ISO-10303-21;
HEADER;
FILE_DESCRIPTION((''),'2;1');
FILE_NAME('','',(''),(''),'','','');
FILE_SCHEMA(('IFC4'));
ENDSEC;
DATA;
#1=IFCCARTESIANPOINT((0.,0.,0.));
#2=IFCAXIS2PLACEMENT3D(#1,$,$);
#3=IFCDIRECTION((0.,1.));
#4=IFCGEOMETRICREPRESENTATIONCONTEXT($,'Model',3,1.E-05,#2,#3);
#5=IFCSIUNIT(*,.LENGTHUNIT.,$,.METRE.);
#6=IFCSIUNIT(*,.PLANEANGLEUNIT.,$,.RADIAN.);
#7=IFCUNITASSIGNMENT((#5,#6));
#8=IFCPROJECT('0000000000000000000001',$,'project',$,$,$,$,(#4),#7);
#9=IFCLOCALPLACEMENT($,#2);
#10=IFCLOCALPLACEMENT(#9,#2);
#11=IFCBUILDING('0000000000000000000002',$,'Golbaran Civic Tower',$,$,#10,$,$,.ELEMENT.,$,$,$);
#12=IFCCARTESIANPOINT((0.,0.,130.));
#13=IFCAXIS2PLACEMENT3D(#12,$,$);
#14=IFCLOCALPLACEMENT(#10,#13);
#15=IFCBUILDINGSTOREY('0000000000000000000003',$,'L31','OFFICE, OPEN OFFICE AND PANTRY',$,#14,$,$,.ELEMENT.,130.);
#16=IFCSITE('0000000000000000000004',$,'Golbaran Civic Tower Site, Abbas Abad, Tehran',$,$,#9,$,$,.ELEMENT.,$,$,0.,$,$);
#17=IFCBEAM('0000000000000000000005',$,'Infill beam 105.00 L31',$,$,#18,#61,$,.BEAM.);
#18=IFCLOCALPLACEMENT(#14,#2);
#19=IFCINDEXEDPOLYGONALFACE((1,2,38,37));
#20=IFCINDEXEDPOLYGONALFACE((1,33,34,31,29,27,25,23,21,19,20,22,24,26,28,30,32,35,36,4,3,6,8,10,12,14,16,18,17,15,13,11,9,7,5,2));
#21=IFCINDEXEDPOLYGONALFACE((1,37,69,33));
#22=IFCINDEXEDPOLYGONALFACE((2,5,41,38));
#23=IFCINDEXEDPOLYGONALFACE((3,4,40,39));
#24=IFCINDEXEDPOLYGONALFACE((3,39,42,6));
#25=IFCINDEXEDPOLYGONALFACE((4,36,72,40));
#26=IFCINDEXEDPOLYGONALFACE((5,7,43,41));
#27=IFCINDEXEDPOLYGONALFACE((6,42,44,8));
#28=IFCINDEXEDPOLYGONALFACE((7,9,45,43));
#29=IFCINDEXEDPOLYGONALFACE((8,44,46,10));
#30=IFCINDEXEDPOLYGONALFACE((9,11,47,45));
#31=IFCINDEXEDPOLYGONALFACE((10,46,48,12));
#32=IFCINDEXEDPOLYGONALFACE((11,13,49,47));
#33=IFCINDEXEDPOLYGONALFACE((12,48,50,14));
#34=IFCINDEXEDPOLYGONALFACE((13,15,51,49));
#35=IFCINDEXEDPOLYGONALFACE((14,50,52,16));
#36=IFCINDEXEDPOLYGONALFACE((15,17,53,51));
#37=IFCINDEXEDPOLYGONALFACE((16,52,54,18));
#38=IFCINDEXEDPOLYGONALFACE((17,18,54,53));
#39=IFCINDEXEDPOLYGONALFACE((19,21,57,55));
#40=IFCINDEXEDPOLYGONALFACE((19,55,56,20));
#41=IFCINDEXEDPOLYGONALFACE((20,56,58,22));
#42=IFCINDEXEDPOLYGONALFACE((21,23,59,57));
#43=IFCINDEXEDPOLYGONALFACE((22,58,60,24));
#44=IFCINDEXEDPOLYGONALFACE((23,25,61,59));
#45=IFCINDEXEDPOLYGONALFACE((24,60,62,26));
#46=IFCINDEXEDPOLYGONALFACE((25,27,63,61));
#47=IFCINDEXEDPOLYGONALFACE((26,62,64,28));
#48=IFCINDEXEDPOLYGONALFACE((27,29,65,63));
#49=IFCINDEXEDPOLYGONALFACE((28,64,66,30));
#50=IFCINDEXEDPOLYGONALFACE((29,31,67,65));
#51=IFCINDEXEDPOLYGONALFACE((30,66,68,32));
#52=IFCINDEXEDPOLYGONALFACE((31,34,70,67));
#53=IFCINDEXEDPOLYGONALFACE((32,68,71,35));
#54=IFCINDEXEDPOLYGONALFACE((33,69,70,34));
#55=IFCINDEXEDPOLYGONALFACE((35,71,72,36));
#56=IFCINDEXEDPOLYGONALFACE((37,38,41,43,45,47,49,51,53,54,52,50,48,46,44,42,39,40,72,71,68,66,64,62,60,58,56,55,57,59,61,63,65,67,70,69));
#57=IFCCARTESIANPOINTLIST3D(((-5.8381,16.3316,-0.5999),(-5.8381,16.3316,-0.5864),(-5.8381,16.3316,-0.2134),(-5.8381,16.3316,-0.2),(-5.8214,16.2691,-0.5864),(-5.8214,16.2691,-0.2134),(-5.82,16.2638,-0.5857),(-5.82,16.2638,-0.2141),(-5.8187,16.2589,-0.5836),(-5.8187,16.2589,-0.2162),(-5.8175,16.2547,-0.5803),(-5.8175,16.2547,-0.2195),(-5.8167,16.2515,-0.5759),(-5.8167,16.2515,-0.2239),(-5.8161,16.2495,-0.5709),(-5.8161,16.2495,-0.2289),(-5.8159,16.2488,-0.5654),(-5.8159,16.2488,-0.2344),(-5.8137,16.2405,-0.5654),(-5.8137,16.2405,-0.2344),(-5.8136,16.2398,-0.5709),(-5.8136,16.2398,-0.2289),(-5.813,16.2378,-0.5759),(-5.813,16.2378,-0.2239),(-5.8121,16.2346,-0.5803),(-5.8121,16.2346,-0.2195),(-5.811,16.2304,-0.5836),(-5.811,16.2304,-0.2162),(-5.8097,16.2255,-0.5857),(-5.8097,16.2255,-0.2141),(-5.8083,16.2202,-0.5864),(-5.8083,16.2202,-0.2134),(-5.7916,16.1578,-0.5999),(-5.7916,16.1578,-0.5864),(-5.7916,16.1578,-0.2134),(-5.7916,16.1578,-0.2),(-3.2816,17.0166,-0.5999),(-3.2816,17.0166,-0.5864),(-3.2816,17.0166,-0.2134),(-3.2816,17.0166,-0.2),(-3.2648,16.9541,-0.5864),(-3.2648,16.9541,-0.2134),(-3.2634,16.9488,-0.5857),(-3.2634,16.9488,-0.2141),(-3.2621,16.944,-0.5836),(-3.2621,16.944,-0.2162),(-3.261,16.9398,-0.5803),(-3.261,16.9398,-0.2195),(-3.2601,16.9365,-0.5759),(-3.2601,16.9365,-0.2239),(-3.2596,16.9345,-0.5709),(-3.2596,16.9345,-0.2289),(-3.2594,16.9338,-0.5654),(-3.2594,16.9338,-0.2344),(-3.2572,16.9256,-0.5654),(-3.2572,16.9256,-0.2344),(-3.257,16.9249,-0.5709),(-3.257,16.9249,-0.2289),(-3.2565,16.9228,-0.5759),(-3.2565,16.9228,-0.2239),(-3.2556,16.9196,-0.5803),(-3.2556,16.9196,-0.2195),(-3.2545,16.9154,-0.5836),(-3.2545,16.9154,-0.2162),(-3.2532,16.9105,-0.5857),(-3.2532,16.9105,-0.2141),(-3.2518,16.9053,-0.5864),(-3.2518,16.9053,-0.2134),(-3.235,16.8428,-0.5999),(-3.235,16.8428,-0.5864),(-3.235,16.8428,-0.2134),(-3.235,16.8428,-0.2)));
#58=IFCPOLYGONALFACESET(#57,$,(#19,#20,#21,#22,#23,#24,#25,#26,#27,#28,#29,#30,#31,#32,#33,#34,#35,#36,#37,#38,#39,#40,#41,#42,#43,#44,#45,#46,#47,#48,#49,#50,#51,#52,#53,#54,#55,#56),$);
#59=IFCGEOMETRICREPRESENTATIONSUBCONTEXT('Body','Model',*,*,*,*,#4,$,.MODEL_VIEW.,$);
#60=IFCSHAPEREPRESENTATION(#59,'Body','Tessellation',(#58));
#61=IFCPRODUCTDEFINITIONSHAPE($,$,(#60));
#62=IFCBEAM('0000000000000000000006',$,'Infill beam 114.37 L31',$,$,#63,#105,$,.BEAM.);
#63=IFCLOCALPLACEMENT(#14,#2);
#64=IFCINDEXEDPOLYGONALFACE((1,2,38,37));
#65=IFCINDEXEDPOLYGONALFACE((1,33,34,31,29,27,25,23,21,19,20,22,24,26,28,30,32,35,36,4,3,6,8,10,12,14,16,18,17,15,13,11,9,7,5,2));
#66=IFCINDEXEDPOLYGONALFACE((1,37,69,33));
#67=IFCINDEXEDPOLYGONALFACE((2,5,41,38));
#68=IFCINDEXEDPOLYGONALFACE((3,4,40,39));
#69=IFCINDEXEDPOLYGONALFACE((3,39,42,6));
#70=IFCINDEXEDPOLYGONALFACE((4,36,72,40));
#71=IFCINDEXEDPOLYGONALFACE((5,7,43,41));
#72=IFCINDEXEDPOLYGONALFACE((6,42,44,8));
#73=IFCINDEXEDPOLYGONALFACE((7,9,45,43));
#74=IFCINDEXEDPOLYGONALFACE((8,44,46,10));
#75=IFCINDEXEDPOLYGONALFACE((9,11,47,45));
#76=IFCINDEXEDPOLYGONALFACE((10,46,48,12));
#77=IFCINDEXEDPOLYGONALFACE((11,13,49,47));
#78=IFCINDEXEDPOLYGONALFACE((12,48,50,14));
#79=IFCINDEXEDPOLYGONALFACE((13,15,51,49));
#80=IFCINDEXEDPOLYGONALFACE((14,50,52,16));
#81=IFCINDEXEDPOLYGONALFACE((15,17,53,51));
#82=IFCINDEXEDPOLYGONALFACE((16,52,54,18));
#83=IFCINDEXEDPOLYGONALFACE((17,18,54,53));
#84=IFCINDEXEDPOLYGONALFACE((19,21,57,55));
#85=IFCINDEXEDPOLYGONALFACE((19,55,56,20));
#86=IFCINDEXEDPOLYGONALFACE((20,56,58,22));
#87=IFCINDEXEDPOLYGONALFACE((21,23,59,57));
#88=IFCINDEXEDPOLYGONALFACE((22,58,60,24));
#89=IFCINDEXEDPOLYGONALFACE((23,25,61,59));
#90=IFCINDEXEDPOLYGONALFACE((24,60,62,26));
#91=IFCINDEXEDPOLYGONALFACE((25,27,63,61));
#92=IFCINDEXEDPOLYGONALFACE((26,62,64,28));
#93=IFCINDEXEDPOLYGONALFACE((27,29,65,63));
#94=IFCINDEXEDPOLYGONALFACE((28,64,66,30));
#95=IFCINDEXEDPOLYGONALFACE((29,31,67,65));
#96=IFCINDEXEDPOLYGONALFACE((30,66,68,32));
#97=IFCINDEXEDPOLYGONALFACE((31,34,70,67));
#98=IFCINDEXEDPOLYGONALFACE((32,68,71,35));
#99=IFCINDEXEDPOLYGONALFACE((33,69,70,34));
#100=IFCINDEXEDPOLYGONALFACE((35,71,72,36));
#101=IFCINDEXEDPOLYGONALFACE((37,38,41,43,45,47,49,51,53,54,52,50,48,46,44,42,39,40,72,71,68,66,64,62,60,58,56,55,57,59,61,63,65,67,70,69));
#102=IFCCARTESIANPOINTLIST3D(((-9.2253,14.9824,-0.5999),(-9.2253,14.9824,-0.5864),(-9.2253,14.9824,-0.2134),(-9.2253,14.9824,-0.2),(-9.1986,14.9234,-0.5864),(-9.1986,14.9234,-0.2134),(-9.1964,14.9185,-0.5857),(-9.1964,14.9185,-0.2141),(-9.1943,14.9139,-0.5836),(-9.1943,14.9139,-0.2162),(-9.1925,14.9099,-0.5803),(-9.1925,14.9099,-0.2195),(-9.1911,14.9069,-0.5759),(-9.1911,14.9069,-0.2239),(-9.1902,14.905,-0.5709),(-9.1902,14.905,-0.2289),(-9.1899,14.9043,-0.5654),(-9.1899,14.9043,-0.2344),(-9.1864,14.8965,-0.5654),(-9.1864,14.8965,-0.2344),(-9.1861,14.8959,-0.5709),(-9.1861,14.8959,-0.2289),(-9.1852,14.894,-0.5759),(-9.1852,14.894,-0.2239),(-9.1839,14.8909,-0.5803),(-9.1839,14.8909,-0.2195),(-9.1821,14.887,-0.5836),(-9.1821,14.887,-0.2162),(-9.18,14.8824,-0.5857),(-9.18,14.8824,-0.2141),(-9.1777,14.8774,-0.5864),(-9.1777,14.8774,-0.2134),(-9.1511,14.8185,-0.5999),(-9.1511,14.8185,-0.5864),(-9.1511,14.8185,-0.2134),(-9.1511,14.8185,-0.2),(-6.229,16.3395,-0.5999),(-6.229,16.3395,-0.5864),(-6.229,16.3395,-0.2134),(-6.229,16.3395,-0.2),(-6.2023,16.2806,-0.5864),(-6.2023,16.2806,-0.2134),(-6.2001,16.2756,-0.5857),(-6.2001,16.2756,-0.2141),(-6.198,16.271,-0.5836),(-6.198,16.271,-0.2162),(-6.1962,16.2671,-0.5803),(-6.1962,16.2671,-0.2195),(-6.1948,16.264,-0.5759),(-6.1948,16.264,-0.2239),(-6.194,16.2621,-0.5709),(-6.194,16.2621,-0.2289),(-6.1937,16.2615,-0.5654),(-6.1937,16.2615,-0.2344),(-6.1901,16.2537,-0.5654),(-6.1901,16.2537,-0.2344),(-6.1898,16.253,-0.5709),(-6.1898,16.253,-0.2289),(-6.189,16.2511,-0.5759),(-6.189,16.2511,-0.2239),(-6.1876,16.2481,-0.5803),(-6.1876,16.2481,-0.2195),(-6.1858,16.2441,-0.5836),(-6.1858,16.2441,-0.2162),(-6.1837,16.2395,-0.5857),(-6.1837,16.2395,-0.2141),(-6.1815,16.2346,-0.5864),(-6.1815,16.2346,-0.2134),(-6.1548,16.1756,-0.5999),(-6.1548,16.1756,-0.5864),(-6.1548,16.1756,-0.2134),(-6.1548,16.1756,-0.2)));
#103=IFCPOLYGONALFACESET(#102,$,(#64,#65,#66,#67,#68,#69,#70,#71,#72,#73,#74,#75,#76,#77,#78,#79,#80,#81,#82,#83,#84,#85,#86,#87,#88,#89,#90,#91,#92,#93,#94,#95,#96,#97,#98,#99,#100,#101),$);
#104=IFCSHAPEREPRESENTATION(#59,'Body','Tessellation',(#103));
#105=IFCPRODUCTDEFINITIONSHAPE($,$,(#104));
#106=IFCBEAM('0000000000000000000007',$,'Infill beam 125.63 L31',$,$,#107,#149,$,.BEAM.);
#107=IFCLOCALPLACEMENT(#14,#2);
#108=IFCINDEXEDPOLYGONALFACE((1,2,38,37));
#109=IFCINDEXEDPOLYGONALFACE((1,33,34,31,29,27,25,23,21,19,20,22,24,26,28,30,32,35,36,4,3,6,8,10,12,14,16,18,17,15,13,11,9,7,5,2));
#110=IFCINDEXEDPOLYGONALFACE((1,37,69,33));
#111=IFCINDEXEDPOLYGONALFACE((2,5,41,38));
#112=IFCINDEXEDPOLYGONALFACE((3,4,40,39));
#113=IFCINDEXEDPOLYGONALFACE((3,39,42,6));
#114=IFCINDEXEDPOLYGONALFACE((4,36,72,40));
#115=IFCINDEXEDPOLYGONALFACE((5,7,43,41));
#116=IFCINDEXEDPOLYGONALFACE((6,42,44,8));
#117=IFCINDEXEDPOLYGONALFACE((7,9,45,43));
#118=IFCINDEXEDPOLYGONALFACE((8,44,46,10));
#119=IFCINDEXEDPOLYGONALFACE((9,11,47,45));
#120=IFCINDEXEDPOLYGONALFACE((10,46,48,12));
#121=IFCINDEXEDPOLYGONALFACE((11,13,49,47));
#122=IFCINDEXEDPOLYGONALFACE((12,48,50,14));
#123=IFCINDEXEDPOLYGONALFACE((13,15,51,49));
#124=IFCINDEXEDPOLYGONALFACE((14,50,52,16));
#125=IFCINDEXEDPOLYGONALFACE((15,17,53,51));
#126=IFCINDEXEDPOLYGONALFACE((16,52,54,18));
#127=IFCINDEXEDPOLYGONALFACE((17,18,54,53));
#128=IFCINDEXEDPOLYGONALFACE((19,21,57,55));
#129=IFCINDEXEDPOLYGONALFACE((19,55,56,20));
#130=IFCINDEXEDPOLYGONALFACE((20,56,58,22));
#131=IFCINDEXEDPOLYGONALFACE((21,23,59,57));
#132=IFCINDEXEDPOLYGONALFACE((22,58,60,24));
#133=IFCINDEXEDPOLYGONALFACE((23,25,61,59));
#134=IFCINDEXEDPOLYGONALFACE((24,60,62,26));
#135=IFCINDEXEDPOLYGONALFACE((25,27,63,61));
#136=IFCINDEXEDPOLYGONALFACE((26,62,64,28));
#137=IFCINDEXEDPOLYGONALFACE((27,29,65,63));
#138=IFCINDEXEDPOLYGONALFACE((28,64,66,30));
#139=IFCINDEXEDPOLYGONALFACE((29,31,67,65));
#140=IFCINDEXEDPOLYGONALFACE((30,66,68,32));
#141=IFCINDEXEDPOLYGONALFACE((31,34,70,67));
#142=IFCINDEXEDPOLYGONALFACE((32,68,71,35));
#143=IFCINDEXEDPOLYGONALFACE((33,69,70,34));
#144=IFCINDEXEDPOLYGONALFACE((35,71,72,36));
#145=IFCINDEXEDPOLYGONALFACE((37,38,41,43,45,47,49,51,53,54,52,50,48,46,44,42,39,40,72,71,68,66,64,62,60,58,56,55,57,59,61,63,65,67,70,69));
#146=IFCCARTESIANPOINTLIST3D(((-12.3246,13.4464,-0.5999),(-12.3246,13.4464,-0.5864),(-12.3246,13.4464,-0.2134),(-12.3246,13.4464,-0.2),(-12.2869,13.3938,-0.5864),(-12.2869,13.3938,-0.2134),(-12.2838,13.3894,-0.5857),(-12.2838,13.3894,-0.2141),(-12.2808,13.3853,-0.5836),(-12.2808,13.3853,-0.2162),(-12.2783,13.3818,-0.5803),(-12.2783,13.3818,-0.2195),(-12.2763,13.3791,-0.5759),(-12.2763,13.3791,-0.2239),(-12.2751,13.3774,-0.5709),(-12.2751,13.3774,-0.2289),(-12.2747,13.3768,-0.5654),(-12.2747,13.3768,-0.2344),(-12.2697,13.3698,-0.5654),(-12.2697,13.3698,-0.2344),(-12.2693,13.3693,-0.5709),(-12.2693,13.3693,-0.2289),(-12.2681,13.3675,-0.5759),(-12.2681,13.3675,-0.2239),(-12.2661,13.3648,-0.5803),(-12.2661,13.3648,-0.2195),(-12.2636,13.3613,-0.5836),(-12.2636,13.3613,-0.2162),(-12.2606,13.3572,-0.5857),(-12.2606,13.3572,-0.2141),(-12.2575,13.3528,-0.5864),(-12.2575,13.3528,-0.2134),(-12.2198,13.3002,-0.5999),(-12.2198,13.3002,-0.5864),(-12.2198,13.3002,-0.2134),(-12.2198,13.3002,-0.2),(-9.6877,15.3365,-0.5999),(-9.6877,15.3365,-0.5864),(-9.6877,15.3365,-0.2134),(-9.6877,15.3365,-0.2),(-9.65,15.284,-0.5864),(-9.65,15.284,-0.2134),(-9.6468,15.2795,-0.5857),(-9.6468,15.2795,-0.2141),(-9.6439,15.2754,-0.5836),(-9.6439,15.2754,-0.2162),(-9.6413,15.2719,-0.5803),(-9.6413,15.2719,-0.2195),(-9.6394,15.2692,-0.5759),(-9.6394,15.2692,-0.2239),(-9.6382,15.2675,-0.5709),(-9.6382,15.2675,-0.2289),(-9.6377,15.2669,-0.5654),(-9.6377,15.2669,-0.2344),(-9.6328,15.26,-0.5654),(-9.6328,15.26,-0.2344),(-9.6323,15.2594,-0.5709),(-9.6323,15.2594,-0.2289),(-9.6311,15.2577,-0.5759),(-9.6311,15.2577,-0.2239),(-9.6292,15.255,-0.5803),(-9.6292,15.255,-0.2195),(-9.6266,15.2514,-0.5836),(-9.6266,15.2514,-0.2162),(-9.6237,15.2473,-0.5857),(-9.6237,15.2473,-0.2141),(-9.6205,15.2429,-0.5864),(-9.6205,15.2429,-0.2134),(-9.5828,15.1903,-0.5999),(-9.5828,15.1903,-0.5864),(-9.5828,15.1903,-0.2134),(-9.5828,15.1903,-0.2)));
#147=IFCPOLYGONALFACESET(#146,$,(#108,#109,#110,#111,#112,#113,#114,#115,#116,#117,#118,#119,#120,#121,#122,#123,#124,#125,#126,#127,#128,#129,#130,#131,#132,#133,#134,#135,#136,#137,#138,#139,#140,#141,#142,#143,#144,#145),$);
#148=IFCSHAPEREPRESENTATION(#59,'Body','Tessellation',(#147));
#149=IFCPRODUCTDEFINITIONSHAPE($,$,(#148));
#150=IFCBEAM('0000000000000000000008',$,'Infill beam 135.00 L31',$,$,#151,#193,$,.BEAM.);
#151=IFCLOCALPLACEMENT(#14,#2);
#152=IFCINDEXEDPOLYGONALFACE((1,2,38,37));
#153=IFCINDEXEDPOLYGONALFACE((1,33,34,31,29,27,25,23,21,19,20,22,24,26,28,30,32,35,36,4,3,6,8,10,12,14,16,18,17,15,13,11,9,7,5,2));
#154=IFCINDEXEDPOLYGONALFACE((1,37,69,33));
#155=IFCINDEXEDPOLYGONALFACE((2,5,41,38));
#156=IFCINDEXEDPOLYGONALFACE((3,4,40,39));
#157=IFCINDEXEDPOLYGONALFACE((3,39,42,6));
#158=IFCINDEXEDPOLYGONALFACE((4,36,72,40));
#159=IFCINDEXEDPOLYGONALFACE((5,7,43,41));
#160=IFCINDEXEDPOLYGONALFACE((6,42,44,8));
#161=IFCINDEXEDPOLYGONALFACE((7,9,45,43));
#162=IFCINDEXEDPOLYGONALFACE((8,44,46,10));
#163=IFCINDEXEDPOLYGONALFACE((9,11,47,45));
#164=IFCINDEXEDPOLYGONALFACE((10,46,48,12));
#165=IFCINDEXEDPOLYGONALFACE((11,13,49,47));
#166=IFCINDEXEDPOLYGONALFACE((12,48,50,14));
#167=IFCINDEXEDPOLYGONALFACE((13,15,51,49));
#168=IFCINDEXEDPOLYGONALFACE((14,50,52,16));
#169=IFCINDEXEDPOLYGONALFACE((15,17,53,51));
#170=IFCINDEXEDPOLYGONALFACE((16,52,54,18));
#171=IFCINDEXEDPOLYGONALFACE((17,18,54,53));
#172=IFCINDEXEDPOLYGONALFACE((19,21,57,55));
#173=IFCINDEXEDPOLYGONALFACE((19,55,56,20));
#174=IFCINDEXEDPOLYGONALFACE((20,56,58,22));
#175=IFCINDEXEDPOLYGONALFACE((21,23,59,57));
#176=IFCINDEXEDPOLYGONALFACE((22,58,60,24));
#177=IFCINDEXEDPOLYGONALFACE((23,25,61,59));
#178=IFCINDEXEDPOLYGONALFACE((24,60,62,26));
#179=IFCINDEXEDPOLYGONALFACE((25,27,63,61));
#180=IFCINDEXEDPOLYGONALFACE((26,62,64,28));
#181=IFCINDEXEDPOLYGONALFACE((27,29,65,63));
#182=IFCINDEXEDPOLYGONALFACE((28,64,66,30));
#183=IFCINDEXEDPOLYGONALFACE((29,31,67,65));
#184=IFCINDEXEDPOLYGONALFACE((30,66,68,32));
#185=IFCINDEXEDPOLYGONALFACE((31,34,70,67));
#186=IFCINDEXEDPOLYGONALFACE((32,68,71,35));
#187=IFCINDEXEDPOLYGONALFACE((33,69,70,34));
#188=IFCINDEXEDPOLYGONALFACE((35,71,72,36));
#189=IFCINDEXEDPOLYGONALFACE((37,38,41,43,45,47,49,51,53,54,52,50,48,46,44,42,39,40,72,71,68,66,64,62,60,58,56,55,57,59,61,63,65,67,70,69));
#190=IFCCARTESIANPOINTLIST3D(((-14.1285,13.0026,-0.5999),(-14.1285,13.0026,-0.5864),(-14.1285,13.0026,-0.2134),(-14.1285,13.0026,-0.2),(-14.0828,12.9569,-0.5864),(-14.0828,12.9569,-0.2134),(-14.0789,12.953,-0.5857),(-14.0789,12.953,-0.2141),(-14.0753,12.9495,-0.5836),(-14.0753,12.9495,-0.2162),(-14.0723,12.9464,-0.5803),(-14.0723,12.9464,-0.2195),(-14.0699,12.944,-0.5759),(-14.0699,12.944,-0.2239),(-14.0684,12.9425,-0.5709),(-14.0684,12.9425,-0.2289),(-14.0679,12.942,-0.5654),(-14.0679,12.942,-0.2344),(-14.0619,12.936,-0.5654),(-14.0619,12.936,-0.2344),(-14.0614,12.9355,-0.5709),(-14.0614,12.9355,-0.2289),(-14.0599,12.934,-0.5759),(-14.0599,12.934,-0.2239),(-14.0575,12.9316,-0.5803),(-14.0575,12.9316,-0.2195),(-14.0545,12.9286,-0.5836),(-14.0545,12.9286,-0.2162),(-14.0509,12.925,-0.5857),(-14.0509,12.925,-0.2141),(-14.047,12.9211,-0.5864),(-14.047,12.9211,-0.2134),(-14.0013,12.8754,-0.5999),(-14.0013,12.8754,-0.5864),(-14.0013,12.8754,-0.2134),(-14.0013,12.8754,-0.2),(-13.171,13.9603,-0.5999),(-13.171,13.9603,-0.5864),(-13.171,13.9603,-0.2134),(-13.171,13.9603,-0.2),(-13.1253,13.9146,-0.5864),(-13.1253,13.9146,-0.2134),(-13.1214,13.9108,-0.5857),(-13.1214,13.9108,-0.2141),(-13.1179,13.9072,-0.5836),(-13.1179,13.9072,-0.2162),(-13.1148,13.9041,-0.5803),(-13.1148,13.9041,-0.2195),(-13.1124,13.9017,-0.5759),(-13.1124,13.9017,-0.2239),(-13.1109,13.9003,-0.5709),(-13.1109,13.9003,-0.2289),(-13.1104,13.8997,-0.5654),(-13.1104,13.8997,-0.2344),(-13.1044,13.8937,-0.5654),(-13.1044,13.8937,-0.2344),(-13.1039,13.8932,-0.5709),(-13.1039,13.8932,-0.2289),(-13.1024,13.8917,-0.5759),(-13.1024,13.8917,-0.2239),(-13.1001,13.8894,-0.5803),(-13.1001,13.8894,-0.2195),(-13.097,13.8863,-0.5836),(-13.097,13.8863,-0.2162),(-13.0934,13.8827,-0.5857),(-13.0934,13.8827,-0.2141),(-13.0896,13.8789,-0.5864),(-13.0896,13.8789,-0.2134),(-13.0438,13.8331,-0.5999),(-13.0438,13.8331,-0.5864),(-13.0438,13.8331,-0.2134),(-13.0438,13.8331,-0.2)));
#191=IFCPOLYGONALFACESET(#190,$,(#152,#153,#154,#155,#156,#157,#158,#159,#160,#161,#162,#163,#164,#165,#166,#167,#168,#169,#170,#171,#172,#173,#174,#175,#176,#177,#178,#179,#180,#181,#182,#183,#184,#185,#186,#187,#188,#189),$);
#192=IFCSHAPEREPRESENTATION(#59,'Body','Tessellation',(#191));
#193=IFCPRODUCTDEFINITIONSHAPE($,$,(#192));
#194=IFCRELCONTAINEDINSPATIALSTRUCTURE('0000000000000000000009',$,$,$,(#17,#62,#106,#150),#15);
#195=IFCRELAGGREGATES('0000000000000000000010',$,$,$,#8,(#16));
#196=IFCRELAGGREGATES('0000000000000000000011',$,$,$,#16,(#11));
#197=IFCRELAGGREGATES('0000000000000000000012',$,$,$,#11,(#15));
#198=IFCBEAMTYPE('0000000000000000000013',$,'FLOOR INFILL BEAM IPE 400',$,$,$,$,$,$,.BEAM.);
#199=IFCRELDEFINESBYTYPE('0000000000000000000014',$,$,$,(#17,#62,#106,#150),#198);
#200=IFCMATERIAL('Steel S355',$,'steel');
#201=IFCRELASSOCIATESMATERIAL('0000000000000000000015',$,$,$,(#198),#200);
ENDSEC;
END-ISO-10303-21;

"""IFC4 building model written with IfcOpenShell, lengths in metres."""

from ifc_helpers import new_model, si_unit, direction, frame, origin, origin_2d, place, context, subcontext, project, spatial, i_section, extrude, material, material_profile, profile_set, type_object, element, save


model = new_model("IFC4")

# Units and contexts
model_context = context("Model", 3, precision=1e-05, world=origin(), true_north=direction((0.0, 1.0)))
body_context = subcontext(model_context, "Body", "Model", "MODEL_VIEW")
ifc_project = project(units=[si_unit("LENGTHUNIT", "METRE"), si_unit("PLANEANGLEUNIT", "RADIAN")], contexts=[model_context])

# Site, building, storey
site_placement = place(None, origin())
site = spatial("IfcSite", under=ifc_project, at=site_placement, Name="Golbaran Civic Tower Site, Abbas Abad, Tehran", CompositionType="ELEMENT", RefElevation=0.0)
building_placement = place(site_placement, origin())
building = spatial("IfcBuilding", under=site, at=building_placement, Name="Golbaran Civic Tower", CompositionType="ELEMENT")
storey_placement = place(building_placement, frame((0.0, 0.0, 130.0)))
storey = spatial("IfcBuildingStorey", under=building, at=storey_placement, Name="L31", Description="OFFICE, OPEN OFFICE AND PANTRY", CompositionType="ELEMENT", Elevation=130.0)

# Beams
ifc_material_1 = material(Name="Steel S355", Category="steel")
ifc_material_profile_1 = material_profile(ifc_material_1, i_section(OverallWidth=0.1799, OverallDepth=0.3999, WebThickness=0.0085, FlangeThickness=0.0134, FilletRadius=0.021, at=origin_2d()), Name="IPE 400")
ifc_profile_set_1 = profile_set([ifc_material_profile_1], Name="Steel S355")
beam_type_1 = type_object("IfcBeamType", Name="FLOOR INFILL BEAM IPE 400", PredefinedType="BEAM", material=ifc_profile_set_1)
beam_1_placement = place(storey_placement, frame((-3.2583, 16.9297, -0.3999), z_axis=(-0.965925, -0.258822, 0.0), x_axis=(0.258822, -0.965925, 0.0)))
element("IfcBeam", 1, at=beam_1_placement, inside=storey, type_object=beam_type_1, Name="Infill beam 105.00 L31", PredefinedType="BEAM", context=body_context, shape_type="SweptSolid", body=[
    extrude(i_section(OverallWidth=0.1799, OverallDepth=0.3999, WebThickness=0.0085, FlangeThickness=0.0134, FilletRadius=0.021, at=origin_2d()), origin(), (0.0, 0.0, 1.0), 2.6467),
])
beam_2_placement = place(storey_placement, frame((-6.1919, 16.2576, -0.3999), z_axis=(-0.910915, -0.412595, 0.0), x_axis=(0.412595, -0.910915, 0.0)))
element("IfcBeam", 2, at=beam_2_placement, inside=storey, type_object=beam_type_1, Name="Infill beam 114.37 L31", PredefinedType="BEAM", context=body_context, shape_type="SweptSolid", body=[
    extrude(i_section(OverallWidth=0.1799, OverallDepth=0.3999, WebThickness=0.0085, FlangeThickness=0.0134, FilletRadius=0.021, at=origin_2d()), origin(), (0.0, 0.0, 1.0), 3.2893),
])
beam_3_placement = place(storey_placement, frame((-9.6353, 15.2634, -0.3999), z_axis=(-0.812771, -0.582583, 0.0), x_axis=(0.582583, -0.812771, 0.0)))
element("IfcBeam", 3, at=beam_3_placement, inside=storey, type_object=beam_type_1, Name="Infill beam 125.63 L31", PredefinedType="BEAM", context=body_context, shape_type="SweptSolid", body=[
    extrude(i_section(OverallWidth=0.1799, OverallDepth=0.3999, WebThickness=0.0085, FlangeThickness=0.0134, FilletRadius=0.021, at=origin_2d()), origin(), (0.0, 0.0, 1.0), 3.2444),
])
beam_4_placement = place(storey_placement, frame((-13.1074, 13.8967, -0.3999), z_axis=(-0.707017, -0.707197, 0.0), x_axis=(0.707197, -0.707017, 0.0)))
element("IfcBeam", 4, at=beam_4_placement, inside=storey, type_object=beam_type_1, Name="Infill beam 135.00 L31", PredefinedType="BEAM", context=body_context, shape_type="SweptSolid", body=[
    extrude(i_section(OverallWidth=0.1799, OverallDepth=0.3999, WebThickness=0.0085, FlangeThickness=0.0134, FilletRadius=0.021, at=origin_2d()), origin(), (0.0, 0.0, 1.0), 1.3542),
])

save(model, "model.ifc")
